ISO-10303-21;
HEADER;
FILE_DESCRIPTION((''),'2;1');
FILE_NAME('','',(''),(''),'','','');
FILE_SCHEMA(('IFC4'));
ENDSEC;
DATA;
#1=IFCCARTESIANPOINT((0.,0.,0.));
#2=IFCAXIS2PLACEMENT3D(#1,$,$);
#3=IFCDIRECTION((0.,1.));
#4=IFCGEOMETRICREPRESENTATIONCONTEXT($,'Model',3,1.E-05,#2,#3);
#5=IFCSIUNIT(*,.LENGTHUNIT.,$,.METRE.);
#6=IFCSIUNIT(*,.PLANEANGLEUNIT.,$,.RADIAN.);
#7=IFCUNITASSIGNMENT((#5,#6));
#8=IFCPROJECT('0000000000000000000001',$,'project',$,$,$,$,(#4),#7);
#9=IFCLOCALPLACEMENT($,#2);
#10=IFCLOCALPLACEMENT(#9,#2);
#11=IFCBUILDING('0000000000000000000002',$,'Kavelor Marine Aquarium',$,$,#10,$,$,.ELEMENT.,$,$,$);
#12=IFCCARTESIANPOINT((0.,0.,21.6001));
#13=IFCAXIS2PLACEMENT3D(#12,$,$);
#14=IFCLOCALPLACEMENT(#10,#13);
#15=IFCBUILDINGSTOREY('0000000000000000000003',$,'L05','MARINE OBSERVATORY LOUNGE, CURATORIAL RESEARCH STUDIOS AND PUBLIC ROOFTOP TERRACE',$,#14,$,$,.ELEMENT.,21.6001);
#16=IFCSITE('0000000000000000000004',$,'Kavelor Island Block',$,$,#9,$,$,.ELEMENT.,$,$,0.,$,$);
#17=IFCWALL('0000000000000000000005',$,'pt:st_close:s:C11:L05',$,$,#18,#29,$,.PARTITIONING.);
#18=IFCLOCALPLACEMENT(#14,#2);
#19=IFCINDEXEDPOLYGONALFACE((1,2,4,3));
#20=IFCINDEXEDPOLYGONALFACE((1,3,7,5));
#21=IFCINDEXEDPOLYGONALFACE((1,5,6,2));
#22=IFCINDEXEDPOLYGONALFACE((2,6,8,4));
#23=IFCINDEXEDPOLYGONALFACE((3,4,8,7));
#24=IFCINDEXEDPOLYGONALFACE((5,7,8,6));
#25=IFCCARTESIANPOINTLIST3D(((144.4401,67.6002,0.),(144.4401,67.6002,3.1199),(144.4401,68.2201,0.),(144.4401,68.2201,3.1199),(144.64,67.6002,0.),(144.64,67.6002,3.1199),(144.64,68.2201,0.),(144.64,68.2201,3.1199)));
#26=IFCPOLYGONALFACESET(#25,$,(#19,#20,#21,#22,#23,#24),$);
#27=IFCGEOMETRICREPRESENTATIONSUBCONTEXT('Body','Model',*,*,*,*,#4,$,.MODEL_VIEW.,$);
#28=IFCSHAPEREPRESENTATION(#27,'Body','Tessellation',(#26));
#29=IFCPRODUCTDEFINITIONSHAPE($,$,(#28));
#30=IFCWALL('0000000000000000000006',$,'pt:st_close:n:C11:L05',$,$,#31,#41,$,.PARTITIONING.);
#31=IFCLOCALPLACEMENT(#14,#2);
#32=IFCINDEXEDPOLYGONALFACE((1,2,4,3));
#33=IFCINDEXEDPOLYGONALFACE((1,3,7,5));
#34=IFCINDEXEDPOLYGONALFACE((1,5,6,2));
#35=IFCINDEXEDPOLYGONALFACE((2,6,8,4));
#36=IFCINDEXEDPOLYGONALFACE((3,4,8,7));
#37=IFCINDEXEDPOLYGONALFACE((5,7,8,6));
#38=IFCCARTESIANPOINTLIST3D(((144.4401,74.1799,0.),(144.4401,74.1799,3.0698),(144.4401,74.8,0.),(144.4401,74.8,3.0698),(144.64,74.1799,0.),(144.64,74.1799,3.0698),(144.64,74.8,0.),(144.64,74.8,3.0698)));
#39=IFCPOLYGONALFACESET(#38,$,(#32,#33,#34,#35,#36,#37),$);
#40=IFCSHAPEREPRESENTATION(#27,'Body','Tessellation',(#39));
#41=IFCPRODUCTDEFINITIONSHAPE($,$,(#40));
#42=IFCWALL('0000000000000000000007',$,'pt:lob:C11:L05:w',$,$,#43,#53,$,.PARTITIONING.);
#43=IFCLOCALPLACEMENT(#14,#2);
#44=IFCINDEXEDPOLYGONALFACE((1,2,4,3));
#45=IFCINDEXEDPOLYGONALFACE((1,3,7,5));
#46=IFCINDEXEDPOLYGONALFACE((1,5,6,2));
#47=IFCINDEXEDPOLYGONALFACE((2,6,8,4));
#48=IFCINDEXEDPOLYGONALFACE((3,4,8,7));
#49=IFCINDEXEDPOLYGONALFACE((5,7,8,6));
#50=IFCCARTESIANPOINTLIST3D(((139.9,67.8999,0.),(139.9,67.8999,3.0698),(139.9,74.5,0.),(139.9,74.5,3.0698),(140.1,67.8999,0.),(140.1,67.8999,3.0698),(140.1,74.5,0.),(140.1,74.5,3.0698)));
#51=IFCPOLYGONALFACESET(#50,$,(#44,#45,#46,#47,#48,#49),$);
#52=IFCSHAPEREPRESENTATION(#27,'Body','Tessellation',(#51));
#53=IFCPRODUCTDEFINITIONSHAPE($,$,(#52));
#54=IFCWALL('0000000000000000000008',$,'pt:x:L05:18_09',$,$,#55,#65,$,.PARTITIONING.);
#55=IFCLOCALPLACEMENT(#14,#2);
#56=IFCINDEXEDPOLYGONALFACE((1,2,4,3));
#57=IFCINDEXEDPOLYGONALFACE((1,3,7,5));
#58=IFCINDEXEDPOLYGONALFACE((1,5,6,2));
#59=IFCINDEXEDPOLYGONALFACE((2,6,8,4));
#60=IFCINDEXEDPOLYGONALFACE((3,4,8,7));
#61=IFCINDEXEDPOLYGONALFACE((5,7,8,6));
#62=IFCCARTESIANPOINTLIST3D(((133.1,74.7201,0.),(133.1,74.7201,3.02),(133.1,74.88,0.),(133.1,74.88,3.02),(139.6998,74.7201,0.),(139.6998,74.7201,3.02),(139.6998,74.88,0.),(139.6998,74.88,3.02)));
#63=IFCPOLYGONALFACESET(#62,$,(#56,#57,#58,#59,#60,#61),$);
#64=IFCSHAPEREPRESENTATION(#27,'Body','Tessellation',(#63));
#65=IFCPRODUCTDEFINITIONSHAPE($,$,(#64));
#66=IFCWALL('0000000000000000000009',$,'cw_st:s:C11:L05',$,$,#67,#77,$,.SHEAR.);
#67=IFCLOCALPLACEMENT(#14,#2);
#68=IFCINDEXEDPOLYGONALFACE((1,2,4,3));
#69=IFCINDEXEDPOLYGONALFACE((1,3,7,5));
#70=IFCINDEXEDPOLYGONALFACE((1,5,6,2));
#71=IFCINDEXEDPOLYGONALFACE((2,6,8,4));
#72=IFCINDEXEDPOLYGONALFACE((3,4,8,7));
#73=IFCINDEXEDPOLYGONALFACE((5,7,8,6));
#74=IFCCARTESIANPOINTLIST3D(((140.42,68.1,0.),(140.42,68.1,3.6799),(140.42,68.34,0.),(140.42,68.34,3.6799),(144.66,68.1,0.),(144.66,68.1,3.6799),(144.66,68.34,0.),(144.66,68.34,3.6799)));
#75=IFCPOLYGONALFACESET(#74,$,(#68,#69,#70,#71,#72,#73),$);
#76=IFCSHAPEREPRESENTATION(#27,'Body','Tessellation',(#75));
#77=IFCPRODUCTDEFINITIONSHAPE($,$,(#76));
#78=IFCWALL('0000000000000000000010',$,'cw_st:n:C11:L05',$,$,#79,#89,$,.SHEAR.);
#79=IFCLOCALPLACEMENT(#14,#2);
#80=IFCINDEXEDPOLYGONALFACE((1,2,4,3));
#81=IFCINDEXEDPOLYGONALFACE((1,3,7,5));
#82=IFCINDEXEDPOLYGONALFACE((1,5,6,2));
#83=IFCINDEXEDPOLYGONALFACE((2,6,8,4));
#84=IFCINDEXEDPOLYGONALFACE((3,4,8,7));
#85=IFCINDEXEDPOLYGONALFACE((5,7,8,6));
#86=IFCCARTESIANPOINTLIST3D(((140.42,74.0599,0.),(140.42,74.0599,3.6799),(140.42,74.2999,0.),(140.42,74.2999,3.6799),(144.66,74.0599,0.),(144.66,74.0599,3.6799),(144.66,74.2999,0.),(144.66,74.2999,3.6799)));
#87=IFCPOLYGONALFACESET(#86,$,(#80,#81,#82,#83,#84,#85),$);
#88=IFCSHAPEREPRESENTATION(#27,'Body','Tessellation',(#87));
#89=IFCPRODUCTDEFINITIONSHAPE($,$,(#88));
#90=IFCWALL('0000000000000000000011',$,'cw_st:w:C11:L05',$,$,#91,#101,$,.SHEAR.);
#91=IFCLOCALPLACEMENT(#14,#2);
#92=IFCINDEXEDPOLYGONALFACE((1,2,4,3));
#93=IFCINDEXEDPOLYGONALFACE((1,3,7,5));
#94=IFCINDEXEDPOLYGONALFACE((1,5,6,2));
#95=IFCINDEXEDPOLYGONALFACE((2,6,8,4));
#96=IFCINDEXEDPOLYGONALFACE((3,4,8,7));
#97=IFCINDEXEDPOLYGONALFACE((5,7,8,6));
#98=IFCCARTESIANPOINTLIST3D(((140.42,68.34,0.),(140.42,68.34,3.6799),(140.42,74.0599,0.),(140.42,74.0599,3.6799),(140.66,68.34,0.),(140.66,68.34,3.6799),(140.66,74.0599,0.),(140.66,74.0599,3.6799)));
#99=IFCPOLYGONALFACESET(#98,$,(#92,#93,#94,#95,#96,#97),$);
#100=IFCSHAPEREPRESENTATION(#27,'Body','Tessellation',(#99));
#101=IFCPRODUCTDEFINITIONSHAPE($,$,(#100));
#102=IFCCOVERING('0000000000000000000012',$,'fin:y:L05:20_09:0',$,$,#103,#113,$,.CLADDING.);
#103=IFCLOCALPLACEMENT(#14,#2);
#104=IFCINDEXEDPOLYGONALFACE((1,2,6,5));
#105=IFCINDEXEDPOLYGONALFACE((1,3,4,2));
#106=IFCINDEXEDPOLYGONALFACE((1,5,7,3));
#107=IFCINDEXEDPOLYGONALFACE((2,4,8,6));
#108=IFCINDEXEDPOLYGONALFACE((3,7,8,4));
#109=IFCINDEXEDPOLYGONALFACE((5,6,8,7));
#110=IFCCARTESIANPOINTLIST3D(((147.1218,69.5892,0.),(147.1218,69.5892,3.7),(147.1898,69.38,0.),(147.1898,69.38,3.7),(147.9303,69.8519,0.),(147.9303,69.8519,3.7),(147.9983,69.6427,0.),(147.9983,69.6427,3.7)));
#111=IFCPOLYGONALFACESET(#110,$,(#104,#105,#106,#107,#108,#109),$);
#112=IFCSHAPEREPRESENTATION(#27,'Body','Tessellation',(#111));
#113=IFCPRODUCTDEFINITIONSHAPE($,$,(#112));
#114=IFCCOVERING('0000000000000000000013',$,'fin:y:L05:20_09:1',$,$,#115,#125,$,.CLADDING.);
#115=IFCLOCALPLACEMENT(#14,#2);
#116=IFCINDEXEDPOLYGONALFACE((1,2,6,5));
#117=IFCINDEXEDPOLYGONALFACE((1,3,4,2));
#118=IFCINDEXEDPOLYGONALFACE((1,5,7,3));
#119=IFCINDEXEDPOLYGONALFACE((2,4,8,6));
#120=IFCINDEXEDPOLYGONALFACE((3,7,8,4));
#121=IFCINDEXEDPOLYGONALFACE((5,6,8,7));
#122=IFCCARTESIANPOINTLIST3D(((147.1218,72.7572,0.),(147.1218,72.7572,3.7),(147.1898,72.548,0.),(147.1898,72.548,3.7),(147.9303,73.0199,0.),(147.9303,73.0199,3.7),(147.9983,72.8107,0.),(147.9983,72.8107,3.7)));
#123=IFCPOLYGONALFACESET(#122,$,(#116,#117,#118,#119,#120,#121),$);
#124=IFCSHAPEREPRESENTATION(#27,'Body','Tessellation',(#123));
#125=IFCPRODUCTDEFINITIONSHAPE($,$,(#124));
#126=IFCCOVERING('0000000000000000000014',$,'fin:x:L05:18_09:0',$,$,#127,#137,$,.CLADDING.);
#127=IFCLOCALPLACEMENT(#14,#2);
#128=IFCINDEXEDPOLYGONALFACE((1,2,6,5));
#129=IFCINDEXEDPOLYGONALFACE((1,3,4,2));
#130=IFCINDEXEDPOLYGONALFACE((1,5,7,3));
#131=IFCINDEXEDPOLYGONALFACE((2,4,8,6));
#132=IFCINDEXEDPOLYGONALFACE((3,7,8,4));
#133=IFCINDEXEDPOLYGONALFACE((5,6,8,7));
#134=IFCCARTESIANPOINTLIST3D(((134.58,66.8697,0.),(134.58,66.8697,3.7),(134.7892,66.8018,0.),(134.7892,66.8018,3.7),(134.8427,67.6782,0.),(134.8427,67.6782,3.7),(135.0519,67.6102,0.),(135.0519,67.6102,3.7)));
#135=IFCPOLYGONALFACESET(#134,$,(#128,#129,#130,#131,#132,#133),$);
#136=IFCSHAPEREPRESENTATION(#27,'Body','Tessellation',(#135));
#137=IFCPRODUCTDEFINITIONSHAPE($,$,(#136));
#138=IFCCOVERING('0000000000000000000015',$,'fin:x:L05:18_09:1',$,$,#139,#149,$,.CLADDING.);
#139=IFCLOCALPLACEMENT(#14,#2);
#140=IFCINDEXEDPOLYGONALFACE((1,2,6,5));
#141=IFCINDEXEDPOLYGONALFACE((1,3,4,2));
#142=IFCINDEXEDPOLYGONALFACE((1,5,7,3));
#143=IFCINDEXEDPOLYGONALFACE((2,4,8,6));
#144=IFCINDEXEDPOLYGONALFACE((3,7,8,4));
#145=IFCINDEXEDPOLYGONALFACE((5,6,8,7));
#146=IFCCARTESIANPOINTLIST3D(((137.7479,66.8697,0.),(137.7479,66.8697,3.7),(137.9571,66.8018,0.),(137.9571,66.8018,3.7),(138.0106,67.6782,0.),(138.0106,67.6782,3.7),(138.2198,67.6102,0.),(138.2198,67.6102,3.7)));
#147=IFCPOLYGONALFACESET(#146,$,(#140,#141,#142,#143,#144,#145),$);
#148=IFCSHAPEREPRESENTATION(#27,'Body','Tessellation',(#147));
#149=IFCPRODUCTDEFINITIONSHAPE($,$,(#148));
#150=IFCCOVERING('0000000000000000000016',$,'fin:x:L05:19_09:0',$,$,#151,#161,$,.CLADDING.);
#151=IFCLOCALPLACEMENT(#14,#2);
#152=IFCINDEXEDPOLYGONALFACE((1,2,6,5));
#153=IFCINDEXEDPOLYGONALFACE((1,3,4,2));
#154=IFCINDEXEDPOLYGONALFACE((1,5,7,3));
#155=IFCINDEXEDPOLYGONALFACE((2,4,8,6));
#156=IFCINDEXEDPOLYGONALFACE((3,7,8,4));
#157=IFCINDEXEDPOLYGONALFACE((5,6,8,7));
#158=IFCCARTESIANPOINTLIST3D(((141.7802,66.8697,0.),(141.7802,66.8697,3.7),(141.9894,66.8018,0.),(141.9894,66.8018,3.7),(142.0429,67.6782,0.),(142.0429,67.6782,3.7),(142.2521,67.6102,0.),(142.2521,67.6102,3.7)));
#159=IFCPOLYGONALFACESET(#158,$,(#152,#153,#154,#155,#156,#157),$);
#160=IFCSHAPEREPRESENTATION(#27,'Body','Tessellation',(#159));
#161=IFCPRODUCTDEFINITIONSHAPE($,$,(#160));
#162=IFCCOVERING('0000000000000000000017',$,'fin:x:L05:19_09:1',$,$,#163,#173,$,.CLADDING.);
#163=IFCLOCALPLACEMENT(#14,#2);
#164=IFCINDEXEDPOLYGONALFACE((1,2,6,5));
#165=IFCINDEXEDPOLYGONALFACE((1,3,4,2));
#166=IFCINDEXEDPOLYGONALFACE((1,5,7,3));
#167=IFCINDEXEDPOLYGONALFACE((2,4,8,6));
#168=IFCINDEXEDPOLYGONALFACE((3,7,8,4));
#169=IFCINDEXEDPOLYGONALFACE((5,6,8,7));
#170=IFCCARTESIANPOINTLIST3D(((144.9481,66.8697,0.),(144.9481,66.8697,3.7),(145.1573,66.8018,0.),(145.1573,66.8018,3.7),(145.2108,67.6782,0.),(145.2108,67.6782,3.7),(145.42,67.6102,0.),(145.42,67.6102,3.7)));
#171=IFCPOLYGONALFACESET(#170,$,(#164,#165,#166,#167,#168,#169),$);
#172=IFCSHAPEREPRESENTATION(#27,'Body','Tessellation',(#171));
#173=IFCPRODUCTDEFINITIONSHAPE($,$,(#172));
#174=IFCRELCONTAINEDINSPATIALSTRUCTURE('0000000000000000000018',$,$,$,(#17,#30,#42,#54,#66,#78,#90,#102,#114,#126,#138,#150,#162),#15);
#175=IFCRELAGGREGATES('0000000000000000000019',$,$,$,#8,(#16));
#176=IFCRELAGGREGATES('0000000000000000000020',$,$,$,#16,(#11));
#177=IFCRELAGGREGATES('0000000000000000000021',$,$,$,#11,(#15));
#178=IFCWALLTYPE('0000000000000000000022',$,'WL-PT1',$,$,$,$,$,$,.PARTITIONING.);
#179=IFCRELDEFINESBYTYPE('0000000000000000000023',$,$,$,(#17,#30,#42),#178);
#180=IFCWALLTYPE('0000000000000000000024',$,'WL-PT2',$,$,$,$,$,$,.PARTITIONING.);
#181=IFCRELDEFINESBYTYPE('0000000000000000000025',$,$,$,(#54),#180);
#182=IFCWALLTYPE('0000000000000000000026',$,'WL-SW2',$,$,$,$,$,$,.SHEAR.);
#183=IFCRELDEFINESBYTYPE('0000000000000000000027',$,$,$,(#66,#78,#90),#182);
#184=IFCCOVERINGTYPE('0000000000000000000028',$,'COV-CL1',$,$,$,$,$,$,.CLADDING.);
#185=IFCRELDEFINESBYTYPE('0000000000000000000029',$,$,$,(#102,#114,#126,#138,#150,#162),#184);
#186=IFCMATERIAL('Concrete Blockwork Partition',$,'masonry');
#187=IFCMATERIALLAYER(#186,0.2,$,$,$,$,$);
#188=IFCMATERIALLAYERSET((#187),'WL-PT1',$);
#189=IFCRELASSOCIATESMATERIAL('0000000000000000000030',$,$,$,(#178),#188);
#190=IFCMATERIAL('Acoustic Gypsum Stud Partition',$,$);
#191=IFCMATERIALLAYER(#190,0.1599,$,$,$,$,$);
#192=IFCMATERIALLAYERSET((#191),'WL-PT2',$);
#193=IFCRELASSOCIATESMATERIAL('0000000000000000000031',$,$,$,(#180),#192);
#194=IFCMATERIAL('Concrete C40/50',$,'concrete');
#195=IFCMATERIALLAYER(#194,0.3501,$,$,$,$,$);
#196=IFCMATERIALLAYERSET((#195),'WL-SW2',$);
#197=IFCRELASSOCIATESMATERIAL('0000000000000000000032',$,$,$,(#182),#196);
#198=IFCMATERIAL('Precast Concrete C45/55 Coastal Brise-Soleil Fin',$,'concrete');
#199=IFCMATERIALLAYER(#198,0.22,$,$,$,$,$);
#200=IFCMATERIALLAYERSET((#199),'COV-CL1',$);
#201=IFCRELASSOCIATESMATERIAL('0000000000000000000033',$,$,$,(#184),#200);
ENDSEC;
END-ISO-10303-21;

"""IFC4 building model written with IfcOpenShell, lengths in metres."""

from ifc_helpers import new_model, si_unit, direction, frame, frame_2d, origin, origin_2d, place, context, subcontext, project, spatial, rectangle, extrude, material, layer, layer_set, type_object, element, save


model = new_model("IFC4")

# Units and contexts
model_context = context("Model", 3, precision=1e-05, world=origin(), true_north=direction((0.0, 1.0)))
body_context = subcontext(model_context, "Body", "Model", "MODEL_VIEW")
ifc_project = project(units=[si_unit("LENGTHUNIT", "METRE"), si_unit("PLANEANGLEUNIT", "RADIAN")], contexts=[model_context])

# Site, building, storey
site_placement = place(None, origin())
site = spatial("IfcSite", under=ifc_project, at=site_placement, Name="Kavelor Island Block", CompositionType="ELEMENT", RefElevation=0.0)
building_placement = place(site_placement, origin())
building = spatial("IfcBuilding", under=site, at=building_placement, Name="Kavelor Marine Aquarium", CompositionType="ELEMENT")
storey_placement = place(building_placement, frame((0.0, 0.0, 21.6001)))
storey = spatial("IfcBuildingStorey", under=building, at=storey_placement, Name="L05", Description="MARINE OBSERVATORY LOUNGE, CURATORIAL RESEARCH STUDIOS AND PUBLIC ROOFTOP TERRACE", CompositionType="ELEMENT", Elevation=21.6001)

# Walls
ifc_material_1 = material(Name="Concrete Blockwork Partition", Category="masonry")
ifc_layer_1 = layer(ifc_material_1, 0.2)
ifc_layer_set_1 = layer_set([ifc_layer_1], Name="WL-PT1")
wall_type_1 = type_object("IfcWallType", Name="WL-PT1", PredefinedType="PARTITIONING", material=ifc_layer_set_1)
wall_1_placement = place(storey_placement, frame((144.54, 67.6001, 0.0), z_axis=(0.0, 0.0, 1.0), x_axis=(0.0, 1.0, 0.0)))
element("IfcWall", 1, at=wall_1_placement, inside=storey, type_object=wall_type_1, Name="pt:st_close:s:C11:L05", PredefinedType="PARTITIONING", context=body_context, shape_type="SweptSolid", body=[
    extrude(rectangle(XDim=0.6199, YDim=0.2, at=frame_2d((0.3101, 0.0))), origin(), (0.0, 0.0, 1.0), 3.1199),
])
wall_2_placement = place(storey_placement, frame((144.54, 74.1799, 0.0), z_axis=(0.0, 0.0, 1.0), x_axis=(0.0, 1.0, 0.0)))
element("IfcWall", 2, at=wall_2_placement, inside=storey, type_object=wall_type_1, Name="pt:st_close:n:C11:L05", PredefinedType="PARTITIONING", context=body_context, shape_type="SweptSolid", body=[
    extrude(rectangle(XDim=0.6201, YDim=0.2, at=frame_2d((0.3101, 0.0))), origin(), (0.0, 0.0, 1.0), 3.0698),
])
wall_3_placement = place(storey_placement, frame((140.0, 67.8999, 0.0), z_axis=(0.0, 0.0, 1.0), x_axis=(0.0, 1.0, 0.0)))
element("IfcWall", 3, at=wall_3_placement, inside=storey, type_object=wall_type_1, Name="pt:lob:C11:L05:w", PredefinedType="PARTITIONING", context=body_context, shape_type="SweptSolid", body=[
    extrude(rectangle(XDim=6.6001, YDim=0.2, at=frame_2d((3.3, 0.0))), origin(), (0.0, 0.0, 1.0), 3.0698),
])
ifc_material_2 = material(Name="Acoustic Gypsum Stud Partition")
ifc_layer_2 = layer(ifc_material_2, 0.1599)
ifc_layer_set_2 = layer_set([ifc_layer_2], Name="WL-PT2")
wall_type_2 = type_object("IfcWallType", Name="WL-PT2", PredefinedType="PARTITIONING", material=ifc_layer_set_2)
wall_4_placement = place(storey_placement, frame((133.1001, 74.8, 0.0), z_axis=(0.0, 0.0, 1.0), x_axis=(1.0, 0.0, 0.0)))
element("IfcWall", 4, at=wall_4_placement, inside=storey, type_object=wall_type_2, Name="pt:x:L05:18_09", PredefinedType="PARTITIONING", context=body_context, shape_type="SweptSolid", body=[
    extrude(rectangle(XDim=6.5999, YDim=0.1599, at=frame_2d((3.2998, 0.0))), origin(), (0.0, 0.0, 1.0), 3.02),
])
ifc_material_3 = material(Name="Concrete C40/50", Category="concrete")
ifc_layer_3 = layer(ifc_material_3, 0.3501)
ifc_layer_set_3 = layer_set([ifc_layer_3], Name="WL-SW2")
wall_type_3 = type_object("IfcWallType", Name="WL-SW2", PredefinedType="SHEAR", material=ifc_layer_set_3)
for number, where, z_axis, x_axis, name in (
    (5, (140.4199, 68.22, 0.0), (0.0, 0.0, 1.0), (1.0, 0.0, 0.0), "cw_st:s:C11:L05"),
    (6, (140.4199, 74.1799, 0.0), (0.0, 0.0, 1.0), (1.0, 0.0, 0.0), "cw_st:n:C11:L05"),
):
    element("IfcWall", number, at=place(storey_placement, frame(where, z_axis=z_axis, x_axis=x_axis)), inside=storey, type_object=wall_type_3, Name=name, PredefinedType="SHEAR", context=body_context, shape_type="SweptSolid", body=[
        extrude(rectangle(XDim=4.24, YDim=0.24, at=frame_2d((2.1201, 0.0))), origin(), (0.0, 0.0, 1.0), 3.6799),
    ])
wall_5_placement = place(storey_placement, frame((140.54, 68.3401, 0.0), z_axis=(0.0, 0.0, 1.0), x_axis=(0.0, 1.0, 0.0)))
element("IfcWall", 7, at=wall_5_placement, inside=storey, type_object=wall_type_3, Name="cw_st:w:C11:L05", PredefinedType="SHEAR", context=body_context, shape_type="SweptSolid", body=[
    extrude(rectangle(XDim=5.72, YDim=0.24, at=frame_2d((2.8599, 0.0))), origin(), (0.0, 0.0, 1.0), 3.6799),
])

# Coverings
ifc_material_4 = material(Name="Precast Concrete C45/55 Coastal Brise-Soleil Fin", Category="concrete")
ifc_layer_4 = layer(ifc_material_4, 0.22)
ifc_layer_set_4 = layer_set([ifc_layer_4], Name="COV-CL1")
covering_type = type_object("IfcCoveringType", Name="COV-CL1", PredefinedType="CLADDING", material=ifc_layer_set_4)
for number, where, z_axis, x_axis, name in (
    (8, (147.5601, 69.616, 0.0), (0.0, 0.0, 1.0), (0.951057, 0.309017, 0.0), "fin:y:L05:20_09:0"),
    (9, (147.5601, 72.7839, 0.0), (0.0, 0.0, 1.0), (0.951057, 0.309017, 0.0), "fin:y:L05:20_09:1"),
):
    element("IfcCovering", number, at=place(storey_placement, frame(where, z_axis=z_axis, x_axis=x_axis)), inside=storey, type_object=covering_type, Name=name, PredefinedType="CLADDING", context=body_context, shape_type="SweptSolid", body=[
        extrude(rectangle(XDim=0.8501, YDim=0.22, at=origin_2d()), origin(), (0.0, 0.0, 1.0), 3.7),
    ])
for number, where, z_axis, x_axis, name in (
    (10, (134.8159, 67.24, 0.0), (0.0, 0.0, 1.0), (0.951057, -0.309017, 0.0), "fin:x:L05:18_09:0"),
    (11, (137.9839, 67.24, 0.0), (0.0, 0.0, 1.0), (0.951057, -0.309017, 0.0), "fin:x:L05:18_09:1"),
    (12, (142.0161, 67.24, 0.0), (0.0, 0.0, 1.0), (0.951057, -0.309017, 0.0), "fin:x:L05:19_09:0"),
    (13, (145.1841, 67.24, 0.0), (0.0, 0.0, 1.0), (0.951057, -0.309017, 0.0), "fin:x:L05:19_09:1"),
):
    element("IfcCovering", number, at=place(storey_placement, frame(where, z_axis=z_axis, x_axis=x_axis)), inside=storey, type_object=covering_type, Name=name, PredefinedType="CLADDING", context=body_context, shape_type="SweptSolid", body=[
        extrude(rectangle(XDim=0.22, YDim=0.8501, at=origin_2d()), origin(), (0.0, 0.0, 1.0), 3.7),
    ])

save(model, "model.ifc")
